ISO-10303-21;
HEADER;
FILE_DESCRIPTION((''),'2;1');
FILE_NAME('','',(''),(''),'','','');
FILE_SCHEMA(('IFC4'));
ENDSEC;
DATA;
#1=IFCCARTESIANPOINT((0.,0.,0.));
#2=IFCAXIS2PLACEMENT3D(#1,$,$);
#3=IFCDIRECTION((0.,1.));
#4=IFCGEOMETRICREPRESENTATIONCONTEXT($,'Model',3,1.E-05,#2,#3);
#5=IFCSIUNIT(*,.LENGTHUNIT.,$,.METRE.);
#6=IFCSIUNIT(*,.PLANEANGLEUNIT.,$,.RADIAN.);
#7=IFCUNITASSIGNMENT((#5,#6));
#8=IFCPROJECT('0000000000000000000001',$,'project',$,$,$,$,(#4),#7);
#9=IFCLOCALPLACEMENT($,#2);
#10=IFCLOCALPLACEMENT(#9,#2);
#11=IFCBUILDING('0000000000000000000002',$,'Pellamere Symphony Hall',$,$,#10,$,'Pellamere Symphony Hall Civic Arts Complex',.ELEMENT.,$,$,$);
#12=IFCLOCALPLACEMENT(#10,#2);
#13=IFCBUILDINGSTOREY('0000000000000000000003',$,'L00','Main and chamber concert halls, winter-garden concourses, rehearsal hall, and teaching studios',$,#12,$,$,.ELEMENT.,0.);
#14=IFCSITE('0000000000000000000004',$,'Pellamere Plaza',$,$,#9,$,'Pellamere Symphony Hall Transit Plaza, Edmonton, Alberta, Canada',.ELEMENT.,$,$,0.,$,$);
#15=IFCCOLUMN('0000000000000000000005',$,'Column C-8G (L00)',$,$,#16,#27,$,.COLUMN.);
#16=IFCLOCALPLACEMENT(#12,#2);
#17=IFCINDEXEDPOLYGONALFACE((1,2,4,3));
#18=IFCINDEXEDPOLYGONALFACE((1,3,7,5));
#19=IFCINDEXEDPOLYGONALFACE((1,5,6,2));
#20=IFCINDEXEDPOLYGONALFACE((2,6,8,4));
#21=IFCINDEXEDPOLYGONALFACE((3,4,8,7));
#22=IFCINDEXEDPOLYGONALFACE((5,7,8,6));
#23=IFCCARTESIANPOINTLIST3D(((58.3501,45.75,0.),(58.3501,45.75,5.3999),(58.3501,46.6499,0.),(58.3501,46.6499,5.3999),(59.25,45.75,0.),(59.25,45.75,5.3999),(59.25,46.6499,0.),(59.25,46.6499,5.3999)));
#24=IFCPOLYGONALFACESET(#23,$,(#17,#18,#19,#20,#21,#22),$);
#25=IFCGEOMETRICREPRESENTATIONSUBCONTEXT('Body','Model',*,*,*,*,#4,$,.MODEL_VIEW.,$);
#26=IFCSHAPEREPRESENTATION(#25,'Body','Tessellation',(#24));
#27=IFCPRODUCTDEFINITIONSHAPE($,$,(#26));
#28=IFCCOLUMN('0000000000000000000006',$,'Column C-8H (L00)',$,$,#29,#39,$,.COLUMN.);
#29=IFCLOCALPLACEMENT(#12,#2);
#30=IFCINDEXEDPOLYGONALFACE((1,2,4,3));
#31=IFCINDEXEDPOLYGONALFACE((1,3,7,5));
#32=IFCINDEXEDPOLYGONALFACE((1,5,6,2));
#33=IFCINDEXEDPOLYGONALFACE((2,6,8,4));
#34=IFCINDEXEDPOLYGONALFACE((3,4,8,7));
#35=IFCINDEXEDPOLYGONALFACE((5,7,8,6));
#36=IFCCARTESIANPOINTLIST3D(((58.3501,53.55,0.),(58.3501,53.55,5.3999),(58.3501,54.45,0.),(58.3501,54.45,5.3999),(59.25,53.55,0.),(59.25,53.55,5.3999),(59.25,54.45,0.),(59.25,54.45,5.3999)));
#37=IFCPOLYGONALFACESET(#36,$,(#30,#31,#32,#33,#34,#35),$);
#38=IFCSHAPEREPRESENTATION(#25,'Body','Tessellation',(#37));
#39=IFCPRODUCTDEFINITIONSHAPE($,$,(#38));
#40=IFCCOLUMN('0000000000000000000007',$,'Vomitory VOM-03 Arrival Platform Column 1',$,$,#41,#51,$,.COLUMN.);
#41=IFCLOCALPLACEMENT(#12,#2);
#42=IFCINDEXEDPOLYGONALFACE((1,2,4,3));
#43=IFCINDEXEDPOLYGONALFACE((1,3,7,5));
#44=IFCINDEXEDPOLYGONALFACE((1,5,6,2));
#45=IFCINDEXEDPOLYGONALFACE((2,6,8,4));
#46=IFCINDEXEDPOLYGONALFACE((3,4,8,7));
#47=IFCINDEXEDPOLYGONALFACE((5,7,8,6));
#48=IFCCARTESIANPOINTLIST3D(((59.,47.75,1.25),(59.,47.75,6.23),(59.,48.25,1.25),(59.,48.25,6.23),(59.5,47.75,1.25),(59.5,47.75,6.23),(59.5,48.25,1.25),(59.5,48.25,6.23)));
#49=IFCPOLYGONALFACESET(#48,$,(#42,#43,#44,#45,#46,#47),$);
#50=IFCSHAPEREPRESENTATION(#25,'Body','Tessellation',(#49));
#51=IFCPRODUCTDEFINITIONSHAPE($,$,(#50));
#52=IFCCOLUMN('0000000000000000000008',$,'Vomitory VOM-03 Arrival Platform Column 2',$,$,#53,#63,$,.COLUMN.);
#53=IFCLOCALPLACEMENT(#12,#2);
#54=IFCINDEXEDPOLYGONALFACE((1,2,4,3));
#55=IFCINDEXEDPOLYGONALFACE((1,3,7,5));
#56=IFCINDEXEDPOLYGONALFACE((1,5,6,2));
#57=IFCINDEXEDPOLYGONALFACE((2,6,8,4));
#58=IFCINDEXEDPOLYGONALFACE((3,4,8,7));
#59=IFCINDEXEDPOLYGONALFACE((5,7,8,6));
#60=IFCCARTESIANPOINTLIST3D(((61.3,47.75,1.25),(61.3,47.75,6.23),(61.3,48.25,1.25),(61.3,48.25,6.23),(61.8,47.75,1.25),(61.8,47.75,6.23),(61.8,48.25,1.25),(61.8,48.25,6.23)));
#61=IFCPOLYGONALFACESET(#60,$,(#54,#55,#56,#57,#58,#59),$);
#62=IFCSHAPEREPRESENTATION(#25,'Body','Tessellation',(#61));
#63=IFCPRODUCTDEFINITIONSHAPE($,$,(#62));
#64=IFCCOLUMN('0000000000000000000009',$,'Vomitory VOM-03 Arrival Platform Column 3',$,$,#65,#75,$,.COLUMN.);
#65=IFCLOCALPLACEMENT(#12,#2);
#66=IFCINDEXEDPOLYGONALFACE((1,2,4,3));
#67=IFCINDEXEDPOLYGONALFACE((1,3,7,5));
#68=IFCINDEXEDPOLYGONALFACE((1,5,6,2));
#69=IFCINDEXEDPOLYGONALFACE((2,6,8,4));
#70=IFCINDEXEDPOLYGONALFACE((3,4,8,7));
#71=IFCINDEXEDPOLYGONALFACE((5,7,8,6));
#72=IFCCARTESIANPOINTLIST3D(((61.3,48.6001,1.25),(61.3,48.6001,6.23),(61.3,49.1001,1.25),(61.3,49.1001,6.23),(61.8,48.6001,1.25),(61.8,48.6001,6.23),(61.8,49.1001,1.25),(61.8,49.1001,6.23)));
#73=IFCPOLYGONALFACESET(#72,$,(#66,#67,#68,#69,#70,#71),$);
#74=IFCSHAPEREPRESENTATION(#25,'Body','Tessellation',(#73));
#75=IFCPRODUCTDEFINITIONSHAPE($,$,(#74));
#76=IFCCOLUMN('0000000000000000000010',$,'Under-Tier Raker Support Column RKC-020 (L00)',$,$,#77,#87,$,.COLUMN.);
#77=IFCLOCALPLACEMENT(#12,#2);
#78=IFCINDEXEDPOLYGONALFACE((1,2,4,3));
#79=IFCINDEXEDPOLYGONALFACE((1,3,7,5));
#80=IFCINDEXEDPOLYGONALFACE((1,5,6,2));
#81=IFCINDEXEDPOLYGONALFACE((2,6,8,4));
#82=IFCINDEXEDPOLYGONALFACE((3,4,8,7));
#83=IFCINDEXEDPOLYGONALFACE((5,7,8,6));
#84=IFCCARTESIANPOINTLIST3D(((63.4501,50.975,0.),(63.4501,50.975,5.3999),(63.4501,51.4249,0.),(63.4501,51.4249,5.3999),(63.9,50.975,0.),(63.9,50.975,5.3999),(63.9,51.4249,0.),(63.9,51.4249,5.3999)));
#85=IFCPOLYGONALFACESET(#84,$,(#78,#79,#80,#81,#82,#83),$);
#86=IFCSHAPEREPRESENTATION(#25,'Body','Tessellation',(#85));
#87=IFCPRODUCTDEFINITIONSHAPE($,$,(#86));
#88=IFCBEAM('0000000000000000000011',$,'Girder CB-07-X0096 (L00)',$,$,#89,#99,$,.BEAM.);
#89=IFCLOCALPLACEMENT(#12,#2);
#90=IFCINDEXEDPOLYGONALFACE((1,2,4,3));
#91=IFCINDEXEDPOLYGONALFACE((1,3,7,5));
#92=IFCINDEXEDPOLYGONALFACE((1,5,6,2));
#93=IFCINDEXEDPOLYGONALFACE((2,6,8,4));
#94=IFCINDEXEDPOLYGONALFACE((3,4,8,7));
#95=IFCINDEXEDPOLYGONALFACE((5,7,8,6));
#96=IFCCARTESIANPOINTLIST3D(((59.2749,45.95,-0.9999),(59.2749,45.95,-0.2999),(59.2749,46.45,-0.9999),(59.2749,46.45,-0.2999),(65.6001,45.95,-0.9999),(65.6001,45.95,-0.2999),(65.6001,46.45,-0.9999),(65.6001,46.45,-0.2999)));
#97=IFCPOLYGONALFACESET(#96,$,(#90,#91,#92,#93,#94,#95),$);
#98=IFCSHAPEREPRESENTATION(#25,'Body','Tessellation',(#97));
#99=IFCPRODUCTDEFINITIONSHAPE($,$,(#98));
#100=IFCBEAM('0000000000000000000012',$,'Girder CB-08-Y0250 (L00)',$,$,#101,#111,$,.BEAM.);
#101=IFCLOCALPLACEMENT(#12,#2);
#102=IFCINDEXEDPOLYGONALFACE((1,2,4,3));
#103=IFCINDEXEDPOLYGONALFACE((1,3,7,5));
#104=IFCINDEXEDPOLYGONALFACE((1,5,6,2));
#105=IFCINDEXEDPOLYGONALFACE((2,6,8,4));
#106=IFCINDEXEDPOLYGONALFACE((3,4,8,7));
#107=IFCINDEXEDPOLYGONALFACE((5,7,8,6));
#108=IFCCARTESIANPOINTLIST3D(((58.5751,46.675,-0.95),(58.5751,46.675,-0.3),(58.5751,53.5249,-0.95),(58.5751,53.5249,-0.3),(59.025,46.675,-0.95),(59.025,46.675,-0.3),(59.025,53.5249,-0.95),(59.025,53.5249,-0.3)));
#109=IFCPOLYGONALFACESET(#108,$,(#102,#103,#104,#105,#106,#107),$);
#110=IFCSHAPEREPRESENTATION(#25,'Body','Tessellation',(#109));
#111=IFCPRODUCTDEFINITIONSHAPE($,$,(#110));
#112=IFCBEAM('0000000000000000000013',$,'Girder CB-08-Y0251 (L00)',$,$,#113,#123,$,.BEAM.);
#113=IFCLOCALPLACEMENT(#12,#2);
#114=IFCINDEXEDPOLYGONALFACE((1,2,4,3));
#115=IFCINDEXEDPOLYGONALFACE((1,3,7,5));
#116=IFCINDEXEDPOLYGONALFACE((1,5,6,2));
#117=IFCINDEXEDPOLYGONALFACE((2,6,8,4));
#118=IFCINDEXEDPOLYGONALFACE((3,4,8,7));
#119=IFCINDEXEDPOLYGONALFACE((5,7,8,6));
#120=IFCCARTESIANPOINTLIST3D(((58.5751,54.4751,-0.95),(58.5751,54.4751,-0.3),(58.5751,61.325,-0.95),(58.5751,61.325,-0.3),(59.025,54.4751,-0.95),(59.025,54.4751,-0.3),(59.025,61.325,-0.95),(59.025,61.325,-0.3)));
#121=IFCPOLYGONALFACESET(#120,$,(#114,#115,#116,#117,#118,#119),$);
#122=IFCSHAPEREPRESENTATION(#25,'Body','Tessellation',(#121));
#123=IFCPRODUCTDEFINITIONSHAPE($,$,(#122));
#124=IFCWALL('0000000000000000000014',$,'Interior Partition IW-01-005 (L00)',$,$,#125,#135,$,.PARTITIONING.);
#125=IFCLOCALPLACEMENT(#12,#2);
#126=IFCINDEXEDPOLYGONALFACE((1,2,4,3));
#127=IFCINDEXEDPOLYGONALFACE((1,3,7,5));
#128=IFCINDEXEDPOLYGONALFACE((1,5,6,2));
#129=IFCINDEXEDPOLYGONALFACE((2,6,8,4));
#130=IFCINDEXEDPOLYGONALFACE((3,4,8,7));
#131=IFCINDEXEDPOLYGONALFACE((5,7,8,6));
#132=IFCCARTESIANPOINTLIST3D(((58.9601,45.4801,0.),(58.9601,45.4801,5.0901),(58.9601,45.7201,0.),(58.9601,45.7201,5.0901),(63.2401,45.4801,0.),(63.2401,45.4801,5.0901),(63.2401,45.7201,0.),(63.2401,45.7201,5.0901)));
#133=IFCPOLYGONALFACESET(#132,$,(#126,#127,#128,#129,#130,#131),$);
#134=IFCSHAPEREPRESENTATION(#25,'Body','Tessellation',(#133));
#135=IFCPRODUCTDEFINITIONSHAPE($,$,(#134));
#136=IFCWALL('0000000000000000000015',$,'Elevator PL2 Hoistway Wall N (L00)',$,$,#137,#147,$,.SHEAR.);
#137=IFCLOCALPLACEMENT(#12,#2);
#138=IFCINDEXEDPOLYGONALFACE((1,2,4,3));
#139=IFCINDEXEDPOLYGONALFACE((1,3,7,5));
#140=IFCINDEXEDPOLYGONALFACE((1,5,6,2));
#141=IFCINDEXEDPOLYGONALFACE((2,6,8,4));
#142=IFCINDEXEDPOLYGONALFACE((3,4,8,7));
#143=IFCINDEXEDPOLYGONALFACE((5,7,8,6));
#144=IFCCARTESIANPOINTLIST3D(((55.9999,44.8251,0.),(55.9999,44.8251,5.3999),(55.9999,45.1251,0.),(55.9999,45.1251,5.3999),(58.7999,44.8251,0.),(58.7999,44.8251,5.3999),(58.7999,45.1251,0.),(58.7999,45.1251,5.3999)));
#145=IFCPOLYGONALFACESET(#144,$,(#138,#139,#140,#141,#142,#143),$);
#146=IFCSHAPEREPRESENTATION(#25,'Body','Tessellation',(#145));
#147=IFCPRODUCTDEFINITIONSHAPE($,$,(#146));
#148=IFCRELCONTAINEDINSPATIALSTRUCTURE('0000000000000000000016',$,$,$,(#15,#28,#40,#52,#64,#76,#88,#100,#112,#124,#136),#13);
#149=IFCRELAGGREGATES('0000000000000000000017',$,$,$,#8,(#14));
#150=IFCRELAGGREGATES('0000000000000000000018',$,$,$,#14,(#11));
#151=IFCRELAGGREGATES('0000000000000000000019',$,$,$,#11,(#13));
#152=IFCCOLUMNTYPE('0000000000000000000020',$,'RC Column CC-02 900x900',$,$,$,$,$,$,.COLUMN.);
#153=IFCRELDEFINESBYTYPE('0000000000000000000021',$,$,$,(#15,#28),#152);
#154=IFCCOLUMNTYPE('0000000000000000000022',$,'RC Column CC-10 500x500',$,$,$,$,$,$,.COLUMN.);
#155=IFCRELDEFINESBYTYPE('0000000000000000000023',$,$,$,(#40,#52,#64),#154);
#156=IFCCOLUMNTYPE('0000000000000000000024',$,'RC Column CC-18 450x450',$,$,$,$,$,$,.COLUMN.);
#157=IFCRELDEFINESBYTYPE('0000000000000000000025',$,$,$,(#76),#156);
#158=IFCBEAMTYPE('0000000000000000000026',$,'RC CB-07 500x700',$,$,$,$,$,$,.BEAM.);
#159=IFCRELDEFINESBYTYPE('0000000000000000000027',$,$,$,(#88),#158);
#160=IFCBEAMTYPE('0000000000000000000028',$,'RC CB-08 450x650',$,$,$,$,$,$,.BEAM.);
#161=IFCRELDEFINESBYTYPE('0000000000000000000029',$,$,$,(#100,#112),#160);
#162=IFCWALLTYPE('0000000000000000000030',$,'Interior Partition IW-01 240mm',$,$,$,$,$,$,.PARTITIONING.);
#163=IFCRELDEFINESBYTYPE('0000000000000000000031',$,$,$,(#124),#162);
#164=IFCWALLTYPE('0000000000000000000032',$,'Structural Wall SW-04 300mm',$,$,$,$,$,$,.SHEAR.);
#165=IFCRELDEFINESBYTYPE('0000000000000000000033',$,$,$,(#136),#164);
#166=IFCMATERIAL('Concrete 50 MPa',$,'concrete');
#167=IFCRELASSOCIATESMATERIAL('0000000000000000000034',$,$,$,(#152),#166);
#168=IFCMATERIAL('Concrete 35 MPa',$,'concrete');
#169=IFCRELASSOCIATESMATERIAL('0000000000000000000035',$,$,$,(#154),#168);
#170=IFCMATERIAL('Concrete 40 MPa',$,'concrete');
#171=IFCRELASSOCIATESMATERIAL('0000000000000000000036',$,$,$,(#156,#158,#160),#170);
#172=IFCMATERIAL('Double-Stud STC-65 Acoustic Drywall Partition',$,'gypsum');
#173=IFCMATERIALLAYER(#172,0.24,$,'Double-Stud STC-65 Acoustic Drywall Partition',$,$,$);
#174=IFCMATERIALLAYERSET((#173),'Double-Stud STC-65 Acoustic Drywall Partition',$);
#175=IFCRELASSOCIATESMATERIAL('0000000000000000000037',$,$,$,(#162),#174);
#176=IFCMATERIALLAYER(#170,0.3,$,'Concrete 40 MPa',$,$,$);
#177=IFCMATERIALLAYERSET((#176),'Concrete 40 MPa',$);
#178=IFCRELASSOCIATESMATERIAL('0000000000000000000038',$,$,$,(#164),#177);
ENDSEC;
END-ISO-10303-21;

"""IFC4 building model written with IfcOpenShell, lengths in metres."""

from ifc_helpers import new_model, si_unit, direction, frame, frame_2d, origin, origin_2d, place, context, subcontext, project, spatial, rectangle, extrude, material, layer, layer_set, material_profile, profile_set, type_object, element, save


model = new_model("IFC4")

# Units and contexts
model_context = context("Model", 3, precision=1e-05, world=origin(), true_north=direction((0.0, 1.0)))
body_context = subcontext(model_context, "Body", "Model", "MODEL_VIEW")
ifc_project = project(units=[si_unit("LENGTHUNIT", "METRE"), si_unit("PLANEANGLEUNIT", "RADIAN")], contexts=[model_context])

# Site, building, storey
site_placement = place(None, origin())
site = spatial("IfcSite", under=ifc_project, at=site_placement, Name="Pellamere Plaza", LongName="Pellamere Symphony Hall Transit Plaza, Edmonton, Alberta, Canada", CompositionType="ELEMENT", RefElevation=0.0)
building_placement = place(site_placement, origin())
building = spatial("IfcBuilding", under=site, at=building_placement, Name="Pellamere Symphony Hall", LongName="Pellamere Symphony Hall Civic Arts Complex", CompositionType="ELEMENT")
storey_placement = place(building_placement, origin())
storey = spatial("IfcBuildingStorey", under=building, at=storey_placement, Name="L00", Description="Main and chamber concert halls, winter-garden concourses, rehearsal hall, and teaching studios", CompositionType="ELEMENT", Elevation=0.0)

# Columns
ifc_material_1 = material(Name="Concrete 50 MPa", Category="concrete")
ifc_material_profile_1 = material_profile(ifc_material_1, rectangle(XDim=0.8999, YDim=0.8999, at=origin_2d()), Name="RC 900x900")
ifc_profile_set_1 = profile_set([ifc_material_profile_1], Name="Concrete 50 MPa")
column_type_1 = type_object("IfcColumnType", Name="RC Column CC-02 900x900", PredefinedType="COLUMN", material=ifc_profile_set_1)
for number, where, z_axis, x_axis, name in (
    (1, (58.8, 46.2, 0.0), (0.0, 0.0, 1.0), (1.0, 0.0, 0.0), "Column C-8G (L00)"),
    (2, (58.8, 54.0, 0.0), (0.0, 0.0, 1.0), (1.0, 0.0, 0.0), "Column C-8H (L00)"),
):
    element("IfcColumn", number, at=place(storey_placement, frame(where, z_axis=z_axis, x_axis=x_axis)), inside=storey, type_object=column_type_1, Name=name, PredefinedType="COLUMN", context=body_context, shape_type="SweptSolid", body=[
        extrude(rectangle(XDim=0.8999, YDim=0.8999, at=origin_2d()), origin(), (0.0, 0.0, 1.0), 5.3999),
    ])
ifc_material_2 = material(Name="Concrete 35 MPa", Category="concrete")
ifc_material_profile_2 = material_profile(ifc_material_2, rectangle(XDim=0.5, YDim=0.5, at=origin_2d()), Name="RC 500x500")
ifc_profile_set_2 = profile_set([ifc_material_profile_2], Name="Concrete 35 MPa")
column_type_2 = type_object("IfcColumnType", Name="RC Column CC-10 500x500", PredefinedType="COLUMN", material=ifc_profile_set_2)
for number, where, z_axis, x_axis, name in (
    (3, (59.25, 48.0, 1.25), (0.0, 0.0, 1.0), (1.0, 0.0, 0.0), "Vomitory VOM-03 Arrival Platform Column 1"),
    (4, (61.55, 48.0, 1.25), (0.0, 0.0, 1.0), (1.0, 0.0, 0.0), "Vomitory VOM-03 Arrival Platform Column 2"),
    (5, (61.55, 48.8501, 1.25), (0.0, 0.0, 1.0), (1.0, 0.0, 0.0), "Vomitory VOM-03 Arrival Platform Column 3"),
):
    element("IfcColumn", number, at=place(storey_placement, frame(where, z_axis=z_axis, x_axis=x_axis)), inside=storey, type_object=column_type_2, Name=name, PredefinedType="COLUMN", context=body_context, shape_type="SweptSolid", body=[
        extrude(rectangle(XDim=0.5, YDim=0.5, at=origin_2d()), origin(), (0.0, 0.0, 1.0), 4.98),
    ])
ifc_material_3 = material(Name="Concrete 40 MPa", Category="concrete")
ifc_material_profile_3 = material_profile(ifc_material_3, rectangle(XDim=0.45, YDim=0.45, at=origin_2d()), Name="RC 450x450")
ifc_profile_set_3 = profile_set([ifc_material_profile_3], Name="Concrete 40 MPa")
column_type_3 = type_object("IfcColumnType", Name="RC Column CC-18 450x450", PredefinedType="COLUMN", material=ifc_profile_set_3)
column_placement = place(storey_placement, frame((63.675, 51.2, 0.0), z_axis=(0.0, 0.0, 1.0), x_axis=(1.0, 0.0, 0.0)))
element("IfcColumn", 6, at=column_placement, inside=storey, type_object=column_type_3, Name="Under-Tier Raker Support Column RKC-020 (L00)", PredefinedType="COLUMN", context=body_context, shape_type="SweptSolid", body=[
    extrude(rectangle(XDim=0.45, YDim=0.45, at=origin_2d()), origin(), (0.0, 0.0, 1.0), 5.3999),
])

# Beams
ifc_material_profile_4 = material_profile(ifc_material_3, rectangle(XDim=0.5, YDim=0.7, at=origin_2d()), Name="RC 500x700")
ifc_profile_set_4 = profile_set([ifc_material_profile_4], Name="Concrete 40 MPa")
beam_type_1 = type_object("IfcBeamType", Name="RC CB-07 500x700", PredefinedType="BEAM", material=ifc_profile_set_4)
beam_placement = place(storey_placement, frame((59.2749, 46.2, -0.6499), z_axis=(1.0, 0.0, 0.0), x_axis=(0.0, 1.0, 0.0)))
element("IfcBeam", 7, at=beam_placement, inside=storey, type_object=beam_type_1, Name="Girder CB-07-X0096 (L00)", PredefinedType="BEAM", context=body_context, shape_type="SweptSolid", body=[
    extrude(rectangle(XDim=0.5, YDim=0.7, at=origin_2d()), origin(), (0.0, 0.0, 1.0), 6.3252),
])
ifc_material_profile_5 = material_profile(ifc_material_3, rectangle(XDim=0.45, YDim=0.6499, at=origin_2d()), Name="RC 450x650")
ifc_profile_set_5 = profile_set([ifc_material_profile_5], Name="Concrete 40 MPa")
beam_type_2 = type_object("IfcBeamType", Name="RC CB-08 450x650", PredefinedType="BEAM", material=ifc_profile_set_5)
for number, where, z_axis, x_axis, name in (
    (8, (58.8, 46.675, -0.625), (0.0, 1.0, 0.0), (-1.0, 0.0, 0.0), "Girder CB-08-Y0250 (L00)"),
    (9, (58.8, 54.4751, -0.625), (0.0, 1.0, 0.0), (-1.0, 0.0, 0.0), "Girder CB-08-Y0251 (L00)"),
):
    element("IfcBeam", number, at=place(storey_placement, frame(where, z_axis=z_axis, x_axis=x_axis)), inside=storey, type_object=beam_type_2, Name=name, PredefinedType="BEAM", context=body_context, shape_type="SweptSolid", body=[
        extrude(rectangle(XDim=0.45, YDim=0.6499, at=origin_2d()), origin(), (0.0, 0.0, 1.0), 6.8499),
    ])

# Walls
ifc_material_4 = material(Name="Double-Stud STC-65 Acoustic Drywall Partition", Category="gypsum")
ifc_layer_1 = layer(ifc_material_4, 0.24, Name="Double-Stud STC-65 Acoustic Drywall Partition")
ifc_layer_set_1 = layer_set([ifc_layer_1], Name="Double-Stud STC-65 Acoustic Drywall Partition")
wall_type_1 = type_object("IfcWallType", Name="Interior Partition IW-01 240mm", PredefinedType="PARTITIONING", material=ifc_layer_set_1)
wall_1_placement = place(storey_placement, frame((58.96, 45.6001, 0.0), z_axis=(0.0, 0.0, 1.0), x_axis=(1.0, 0.0, 0.0)))
element("IfcWall", 10, at=wall_1_placement, inside=storey, type_object=wall_type_1, Name="Interior Partition IW-01-005 (L00)", PredefinedType="PARTITIONING", context=body_context, shape_type="SweptSolid", body=[
    extrude(rectangle(XDim=4.28, YDim=0.24, at=frame_2d((2.1401, 0.0))), origin(), (0.0, 0.0, 1.0), 5.0901),
])
ifc_layer_2 = layer(ifc_material_3, 0.3, Name="Concrete 40 MPa")
ifc_layer_set_2 = layer_set([ifc_layer_2], Name="Concrete 40 MPa")
wall_type_2 = type_object("IfcWallType", Name="Structural Wall SW-04 300mm", PredefinedType="SHEAR", material=ifc_layer_set_2)
wall_2_placement = place(storey_placement, frame((56.0, 44.9751, 0.0), z_axis=(0.0, 0.0, 1.0), x_axis=(1.0, 0.0, 0.0)))
element("IfcWall", 11, at=wall_2_placement, inside=storey, type_object=wall_type_2, Name="Elevator PL2 Hoistway Wall N (L00)", PredefinedType="SHEAR", context=body_context, shape_type="SweptSolid", body=[
    extrude(rectangle(XDim=2.8, YDim=0.3, at=frame_2d((1.3999, 0.0))), origin(), (0.0, 0.0, 1.0), 5.3999),
])

save(model, "model.ifc")
